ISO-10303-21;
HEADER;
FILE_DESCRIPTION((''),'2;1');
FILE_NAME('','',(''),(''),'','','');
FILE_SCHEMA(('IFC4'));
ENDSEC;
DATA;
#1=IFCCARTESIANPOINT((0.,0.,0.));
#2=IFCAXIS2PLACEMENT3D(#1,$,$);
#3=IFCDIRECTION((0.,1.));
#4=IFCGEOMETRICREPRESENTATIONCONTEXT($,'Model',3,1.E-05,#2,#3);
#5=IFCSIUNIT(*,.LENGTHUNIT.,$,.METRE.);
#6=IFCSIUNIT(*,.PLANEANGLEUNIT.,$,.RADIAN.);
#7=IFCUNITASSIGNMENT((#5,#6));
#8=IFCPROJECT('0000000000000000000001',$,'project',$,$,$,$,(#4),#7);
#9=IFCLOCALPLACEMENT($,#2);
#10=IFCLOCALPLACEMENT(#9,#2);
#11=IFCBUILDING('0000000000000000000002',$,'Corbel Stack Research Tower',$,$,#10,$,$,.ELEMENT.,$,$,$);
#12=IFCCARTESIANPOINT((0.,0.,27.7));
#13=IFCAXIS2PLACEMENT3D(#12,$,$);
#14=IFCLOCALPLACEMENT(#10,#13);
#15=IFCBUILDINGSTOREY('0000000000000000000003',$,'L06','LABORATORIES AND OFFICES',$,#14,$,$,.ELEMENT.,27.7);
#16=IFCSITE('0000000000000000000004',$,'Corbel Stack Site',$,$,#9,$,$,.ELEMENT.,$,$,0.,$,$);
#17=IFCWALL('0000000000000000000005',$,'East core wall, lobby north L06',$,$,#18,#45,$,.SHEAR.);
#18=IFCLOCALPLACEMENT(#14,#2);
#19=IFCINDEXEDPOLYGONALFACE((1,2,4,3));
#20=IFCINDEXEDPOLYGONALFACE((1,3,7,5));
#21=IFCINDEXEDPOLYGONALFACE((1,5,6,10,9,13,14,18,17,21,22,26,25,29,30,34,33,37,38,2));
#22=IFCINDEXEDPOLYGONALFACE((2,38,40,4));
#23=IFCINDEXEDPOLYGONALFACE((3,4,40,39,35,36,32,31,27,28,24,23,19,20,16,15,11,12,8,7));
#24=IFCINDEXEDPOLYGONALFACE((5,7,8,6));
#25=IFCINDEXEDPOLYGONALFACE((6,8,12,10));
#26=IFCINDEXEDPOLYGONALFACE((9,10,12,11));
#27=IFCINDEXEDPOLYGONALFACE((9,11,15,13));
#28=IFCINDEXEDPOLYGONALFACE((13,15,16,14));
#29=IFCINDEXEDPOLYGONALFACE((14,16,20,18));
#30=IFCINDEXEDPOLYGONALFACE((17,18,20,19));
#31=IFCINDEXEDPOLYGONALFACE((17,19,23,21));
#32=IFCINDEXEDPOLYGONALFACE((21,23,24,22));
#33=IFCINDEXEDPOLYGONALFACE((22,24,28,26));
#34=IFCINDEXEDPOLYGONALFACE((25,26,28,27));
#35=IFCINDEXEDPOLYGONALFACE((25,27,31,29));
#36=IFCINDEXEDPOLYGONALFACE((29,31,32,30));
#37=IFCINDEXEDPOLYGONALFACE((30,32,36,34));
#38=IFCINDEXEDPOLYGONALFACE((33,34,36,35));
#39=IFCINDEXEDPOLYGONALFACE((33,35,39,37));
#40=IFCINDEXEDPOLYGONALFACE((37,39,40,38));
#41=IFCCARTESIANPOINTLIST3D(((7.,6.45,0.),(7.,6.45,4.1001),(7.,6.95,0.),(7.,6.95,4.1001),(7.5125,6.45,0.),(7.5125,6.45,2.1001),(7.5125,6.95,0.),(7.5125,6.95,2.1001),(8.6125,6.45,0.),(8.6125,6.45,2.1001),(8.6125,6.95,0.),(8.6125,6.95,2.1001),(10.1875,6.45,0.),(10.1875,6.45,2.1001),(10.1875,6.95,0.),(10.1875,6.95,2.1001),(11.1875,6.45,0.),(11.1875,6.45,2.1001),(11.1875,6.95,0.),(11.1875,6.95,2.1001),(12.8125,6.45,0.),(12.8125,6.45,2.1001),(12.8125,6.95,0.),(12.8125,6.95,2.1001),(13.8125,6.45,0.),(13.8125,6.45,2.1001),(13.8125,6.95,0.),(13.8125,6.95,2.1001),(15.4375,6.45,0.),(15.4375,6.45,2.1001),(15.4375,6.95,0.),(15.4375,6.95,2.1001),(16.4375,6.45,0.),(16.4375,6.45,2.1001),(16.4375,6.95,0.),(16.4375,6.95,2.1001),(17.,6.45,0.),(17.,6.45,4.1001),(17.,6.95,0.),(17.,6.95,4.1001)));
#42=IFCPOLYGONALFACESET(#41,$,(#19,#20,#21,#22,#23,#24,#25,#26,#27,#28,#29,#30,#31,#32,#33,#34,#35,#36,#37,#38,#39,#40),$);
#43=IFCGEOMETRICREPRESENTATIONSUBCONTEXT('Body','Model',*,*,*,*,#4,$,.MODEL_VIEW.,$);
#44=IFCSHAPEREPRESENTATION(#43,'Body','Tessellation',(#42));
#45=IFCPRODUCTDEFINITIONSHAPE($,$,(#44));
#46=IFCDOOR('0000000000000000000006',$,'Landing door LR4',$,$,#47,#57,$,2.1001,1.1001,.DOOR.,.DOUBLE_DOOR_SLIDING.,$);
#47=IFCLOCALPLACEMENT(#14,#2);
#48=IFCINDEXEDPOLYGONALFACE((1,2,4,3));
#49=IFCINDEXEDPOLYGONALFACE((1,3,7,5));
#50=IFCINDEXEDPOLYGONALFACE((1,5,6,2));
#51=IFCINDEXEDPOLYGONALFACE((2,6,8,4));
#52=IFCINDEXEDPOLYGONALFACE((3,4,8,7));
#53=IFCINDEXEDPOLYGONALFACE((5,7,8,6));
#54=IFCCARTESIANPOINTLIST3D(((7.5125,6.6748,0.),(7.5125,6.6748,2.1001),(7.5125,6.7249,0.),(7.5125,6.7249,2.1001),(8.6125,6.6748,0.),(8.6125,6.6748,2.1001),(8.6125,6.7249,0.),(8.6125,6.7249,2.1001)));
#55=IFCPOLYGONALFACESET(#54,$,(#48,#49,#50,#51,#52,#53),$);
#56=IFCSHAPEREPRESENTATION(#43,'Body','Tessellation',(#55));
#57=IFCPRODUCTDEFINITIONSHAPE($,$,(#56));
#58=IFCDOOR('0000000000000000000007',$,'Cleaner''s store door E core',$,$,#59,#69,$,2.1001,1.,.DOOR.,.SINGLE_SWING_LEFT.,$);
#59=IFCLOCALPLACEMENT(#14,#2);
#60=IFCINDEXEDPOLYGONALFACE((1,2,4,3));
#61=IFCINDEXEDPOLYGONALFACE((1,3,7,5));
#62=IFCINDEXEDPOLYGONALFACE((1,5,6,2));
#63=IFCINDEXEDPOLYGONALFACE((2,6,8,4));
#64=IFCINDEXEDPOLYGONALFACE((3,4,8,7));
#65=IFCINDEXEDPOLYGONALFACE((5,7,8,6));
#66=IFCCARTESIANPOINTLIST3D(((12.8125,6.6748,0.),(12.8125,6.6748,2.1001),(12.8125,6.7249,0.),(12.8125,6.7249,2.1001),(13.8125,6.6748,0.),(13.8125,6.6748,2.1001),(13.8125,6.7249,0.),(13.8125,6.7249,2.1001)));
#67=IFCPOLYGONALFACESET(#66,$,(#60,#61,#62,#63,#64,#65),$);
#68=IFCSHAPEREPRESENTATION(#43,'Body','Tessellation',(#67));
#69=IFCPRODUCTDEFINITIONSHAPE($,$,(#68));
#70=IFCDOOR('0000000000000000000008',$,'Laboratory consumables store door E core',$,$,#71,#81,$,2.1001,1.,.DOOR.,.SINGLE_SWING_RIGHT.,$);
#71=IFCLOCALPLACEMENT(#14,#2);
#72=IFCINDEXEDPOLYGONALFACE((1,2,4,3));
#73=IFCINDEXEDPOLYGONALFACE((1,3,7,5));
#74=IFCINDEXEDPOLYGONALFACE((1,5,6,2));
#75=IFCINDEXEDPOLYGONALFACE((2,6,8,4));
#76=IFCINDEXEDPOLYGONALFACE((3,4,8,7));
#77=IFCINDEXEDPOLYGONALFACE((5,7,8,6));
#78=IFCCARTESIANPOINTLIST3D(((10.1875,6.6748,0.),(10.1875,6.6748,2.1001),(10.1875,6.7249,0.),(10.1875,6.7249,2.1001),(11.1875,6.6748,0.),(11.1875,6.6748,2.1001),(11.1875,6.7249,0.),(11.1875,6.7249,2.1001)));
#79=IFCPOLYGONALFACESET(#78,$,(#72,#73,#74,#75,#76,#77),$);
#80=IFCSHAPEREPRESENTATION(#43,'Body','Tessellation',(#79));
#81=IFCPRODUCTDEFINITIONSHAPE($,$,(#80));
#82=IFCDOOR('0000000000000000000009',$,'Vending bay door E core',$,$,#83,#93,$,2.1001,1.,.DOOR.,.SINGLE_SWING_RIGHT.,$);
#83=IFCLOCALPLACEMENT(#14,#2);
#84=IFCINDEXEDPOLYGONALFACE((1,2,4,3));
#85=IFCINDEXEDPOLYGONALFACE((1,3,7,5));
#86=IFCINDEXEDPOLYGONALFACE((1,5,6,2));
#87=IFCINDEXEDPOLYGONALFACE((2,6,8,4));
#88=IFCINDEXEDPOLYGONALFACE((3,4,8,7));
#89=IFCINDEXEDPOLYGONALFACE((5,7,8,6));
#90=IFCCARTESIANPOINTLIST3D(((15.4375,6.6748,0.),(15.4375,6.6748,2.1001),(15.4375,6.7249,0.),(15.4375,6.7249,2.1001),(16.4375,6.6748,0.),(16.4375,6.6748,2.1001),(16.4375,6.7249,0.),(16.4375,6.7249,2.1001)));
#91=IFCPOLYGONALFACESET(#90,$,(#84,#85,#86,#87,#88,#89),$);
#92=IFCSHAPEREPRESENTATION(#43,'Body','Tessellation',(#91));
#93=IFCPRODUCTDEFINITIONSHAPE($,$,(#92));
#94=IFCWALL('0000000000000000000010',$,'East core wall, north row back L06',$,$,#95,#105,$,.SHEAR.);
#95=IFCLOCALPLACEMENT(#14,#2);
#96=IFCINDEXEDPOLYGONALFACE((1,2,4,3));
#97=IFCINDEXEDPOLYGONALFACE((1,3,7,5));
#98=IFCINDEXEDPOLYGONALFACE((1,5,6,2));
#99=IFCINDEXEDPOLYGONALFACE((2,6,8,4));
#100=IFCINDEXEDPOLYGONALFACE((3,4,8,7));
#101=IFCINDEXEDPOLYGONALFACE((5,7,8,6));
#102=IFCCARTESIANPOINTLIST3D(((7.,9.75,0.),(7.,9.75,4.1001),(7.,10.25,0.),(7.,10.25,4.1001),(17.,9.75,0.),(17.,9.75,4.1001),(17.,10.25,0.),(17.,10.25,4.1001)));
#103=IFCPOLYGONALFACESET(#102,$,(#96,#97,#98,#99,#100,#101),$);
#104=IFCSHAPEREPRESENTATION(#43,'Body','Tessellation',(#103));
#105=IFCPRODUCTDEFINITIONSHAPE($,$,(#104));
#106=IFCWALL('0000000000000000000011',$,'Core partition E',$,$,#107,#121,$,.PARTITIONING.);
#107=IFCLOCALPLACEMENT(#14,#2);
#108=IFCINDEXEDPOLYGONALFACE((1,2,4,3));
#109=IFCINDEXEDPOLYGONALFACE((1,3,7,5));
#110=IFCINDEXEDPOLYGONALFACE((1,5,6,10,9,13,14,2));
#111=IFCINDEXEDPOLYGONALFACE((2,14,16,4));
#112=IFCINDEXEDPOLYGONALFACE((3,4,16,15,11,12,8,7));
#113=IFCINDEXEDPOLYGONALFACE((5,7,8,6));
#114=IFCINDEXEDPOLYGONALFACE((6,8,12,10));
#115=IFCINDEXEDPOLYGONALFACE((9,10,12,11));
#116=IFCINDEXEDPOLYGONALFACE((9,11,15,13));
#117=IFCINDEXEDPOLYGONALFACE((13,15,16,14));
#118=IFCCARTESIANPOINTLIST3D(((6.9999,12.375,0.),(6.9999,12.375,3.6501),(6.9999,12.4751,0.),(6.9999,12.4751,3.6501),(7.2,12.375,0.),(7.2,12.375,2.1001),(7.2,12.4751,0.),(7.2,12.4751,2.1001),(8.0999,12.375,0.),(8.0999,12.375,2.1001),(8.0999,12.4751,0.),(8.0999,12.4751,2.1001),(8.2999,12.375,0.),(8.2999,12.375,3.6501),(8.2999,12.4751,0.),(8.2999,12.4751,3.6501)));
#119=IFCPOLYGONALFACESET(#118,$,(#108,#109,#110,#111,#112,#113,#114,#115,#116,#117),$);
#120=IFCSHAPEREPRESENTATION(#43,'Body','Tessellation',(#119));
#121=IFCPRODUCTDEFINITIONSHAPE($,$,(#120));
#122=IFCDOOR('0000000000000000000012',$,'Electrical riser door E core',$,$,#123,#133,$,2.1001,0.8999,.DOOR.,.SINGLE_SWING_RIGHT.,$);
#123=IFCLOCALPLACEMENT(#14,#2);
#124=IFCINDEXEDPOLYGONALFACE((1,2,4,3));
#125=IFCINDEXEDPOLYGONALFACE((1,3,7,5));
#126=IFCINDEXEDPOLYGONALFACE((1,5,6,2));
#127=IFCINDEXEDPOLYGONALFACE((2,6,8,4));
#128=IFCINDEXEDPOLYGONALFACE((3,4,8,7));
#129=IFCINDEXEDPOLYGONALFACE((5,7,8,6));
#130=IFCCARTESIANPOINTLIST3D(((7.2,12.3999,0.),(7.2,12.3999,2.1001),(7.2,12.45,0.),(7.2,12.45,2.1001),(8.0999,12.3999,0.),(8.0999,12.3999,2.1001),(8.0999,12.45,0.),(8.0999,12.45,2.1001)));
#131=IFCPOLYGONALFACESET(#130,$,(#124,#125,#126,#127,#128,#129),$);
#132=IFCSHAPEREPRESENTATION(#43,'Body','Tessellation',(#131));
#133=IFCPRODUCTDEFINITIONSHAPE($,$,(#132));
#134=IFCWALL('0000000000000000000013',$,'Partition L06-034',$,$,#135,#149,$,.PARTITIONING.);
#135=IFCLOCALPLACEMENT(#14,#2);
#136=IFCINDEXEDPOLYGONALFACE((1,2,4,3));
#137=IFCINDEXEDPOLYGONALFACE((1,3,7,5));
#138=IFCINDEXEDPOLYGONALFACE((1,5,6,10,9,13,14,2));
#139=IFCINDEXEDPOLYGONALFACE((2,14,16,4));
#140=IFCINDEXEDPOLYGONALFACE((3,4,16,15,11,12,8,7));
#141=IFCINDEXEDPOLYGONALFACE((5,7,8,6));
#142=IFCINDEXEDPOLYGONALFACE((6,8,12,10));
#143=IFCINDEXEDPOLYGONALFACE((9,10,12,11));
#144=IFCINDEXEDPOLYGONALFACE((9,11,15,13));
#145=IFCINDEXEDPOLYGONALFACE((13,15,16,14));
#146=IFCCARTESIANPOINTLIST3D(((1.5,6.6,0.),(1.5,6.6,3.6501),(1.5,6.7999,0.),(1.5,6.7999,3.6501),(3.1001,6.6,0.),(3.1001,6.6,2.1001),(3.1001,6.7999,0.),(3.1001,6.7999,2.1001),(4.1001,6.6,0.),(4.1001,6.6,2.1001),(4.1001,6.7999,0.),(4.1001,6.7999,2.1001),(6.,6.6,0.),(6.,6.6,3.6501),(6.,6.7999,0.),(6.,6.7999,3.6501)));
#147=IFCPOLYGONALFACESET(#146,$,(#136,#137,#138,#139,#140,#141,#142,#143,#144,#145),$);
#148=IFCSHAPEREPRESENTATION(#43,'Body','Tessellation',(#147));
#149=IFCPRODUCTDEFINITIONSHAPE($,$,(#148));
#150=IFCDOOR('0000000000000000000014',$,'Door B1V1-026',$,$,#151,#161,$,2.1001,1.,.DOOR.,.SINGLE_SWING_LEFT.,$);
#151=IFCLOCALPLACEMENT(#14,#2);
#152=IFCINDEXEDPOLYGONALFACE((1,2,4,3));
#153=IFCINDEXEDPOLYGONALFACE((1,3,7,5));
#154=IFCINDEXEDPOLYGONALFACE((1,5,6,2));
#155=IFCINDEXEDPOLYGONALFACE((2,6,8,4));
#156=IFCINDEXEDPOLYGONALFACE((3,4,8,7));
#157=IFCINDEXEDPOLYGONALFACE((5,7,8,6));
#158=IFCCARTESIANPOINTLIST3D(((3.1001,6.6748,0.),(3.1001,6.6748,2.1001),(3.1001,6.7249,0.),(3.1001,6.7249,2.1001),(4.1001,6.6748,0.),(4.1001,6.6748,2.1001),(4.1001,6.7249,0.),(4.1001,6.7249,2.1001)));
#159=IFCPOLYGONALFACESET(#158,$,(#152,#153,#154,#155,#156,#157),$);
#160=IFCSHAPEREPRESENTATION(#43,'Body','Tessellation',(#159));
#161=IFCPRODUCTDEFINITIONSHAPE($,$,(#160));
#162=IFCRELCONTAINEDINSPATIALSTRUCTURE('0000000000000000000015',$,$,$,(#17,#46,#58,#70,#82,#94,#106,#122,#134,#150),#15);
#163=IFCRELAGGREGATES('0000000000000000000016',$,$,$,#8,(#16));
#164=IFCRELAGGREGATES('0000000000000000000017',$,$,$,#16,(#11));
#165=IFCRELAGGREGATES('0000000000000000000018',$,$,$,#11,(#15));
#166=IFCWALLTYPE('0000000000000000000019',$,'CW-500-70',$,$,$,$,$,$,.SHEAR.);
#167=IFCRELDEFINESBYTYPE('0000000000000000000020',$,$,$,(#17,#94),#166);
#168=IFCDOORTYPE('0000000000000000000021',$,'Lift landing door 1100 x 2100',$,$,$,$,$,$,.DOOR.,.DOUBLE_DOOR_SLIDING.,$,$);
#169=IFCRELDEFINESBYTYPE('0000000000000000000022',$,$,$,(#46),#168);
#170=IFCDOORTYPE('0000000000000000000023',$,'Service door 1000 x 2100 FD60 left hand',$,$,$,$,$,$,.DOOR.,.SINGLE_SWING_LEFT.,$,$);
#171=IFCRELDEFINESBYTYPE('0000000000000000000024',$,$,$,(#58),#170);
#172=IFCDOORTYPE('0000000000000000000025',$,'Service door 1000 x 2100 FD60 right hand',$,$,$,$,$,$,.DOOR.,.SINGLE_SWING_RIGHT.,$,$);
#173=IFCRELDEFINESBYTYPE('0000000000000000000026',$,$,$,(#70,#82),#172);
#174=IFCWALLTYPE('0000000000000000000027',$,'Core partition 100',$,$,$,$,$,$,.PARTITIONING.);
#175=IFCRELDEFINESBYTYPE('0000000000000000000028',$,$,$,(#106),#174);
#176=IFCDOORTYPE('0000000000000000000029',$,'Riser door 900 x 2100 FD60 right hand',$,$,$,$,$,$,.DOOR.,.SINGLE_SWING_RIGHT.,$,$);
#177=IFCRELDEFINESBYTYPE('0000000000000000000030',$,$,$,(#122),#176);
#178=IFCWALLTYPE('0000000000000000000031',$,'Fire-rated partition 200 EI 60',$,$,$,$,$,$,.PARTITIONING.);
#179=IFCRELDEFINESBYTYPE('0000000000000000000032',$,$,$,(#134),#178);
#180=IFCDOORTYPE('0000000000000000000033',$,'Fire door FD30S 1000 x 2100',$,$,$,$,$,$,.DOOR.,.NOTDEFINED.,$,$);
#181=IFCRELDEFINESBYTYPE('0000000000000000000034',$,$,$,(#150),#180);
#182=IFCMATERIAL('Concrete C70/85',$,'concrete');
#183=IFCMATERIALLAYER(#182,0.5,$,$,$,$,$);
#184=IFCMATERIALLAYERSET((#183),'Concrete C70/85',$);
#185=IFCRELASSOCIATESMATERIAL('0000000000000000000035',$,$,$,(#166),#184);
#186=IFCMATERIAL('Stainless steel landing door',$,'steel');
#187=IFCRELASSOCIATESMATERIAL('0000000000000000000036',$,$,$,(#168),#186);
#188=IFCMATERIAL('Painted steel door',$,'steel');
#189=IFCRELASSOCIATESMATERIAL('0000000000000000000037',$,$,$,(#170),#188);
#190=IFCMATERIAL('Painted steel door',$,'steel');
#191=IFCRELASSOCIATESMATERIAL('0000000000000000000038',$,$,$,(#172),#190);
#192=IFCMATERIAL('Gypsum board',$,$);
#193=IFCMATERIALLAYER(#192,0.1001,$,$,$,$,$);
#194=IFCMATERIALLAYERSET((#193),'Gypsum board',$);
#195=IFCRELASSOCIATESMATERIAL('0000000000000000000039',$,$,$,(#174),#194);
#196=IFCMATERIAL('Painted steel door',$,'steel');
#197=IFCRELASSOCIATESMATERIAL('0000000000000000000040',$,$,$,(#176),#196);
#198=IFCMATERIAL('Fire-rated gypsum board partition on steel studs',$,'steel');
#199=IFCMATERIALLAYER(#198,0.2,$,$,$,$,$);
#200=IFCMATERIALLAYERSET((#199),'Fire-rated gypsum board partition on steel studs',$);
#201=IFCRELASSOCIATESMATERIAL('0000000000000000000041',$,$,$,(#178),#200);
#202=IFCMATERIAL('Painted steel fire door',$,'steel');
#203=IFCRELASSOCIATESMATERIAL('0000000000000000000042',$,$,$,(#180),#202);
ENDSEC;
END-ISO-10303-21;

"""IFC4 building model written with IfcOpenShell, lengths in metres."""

from ifc_helpers import new_model, si_unit, direction, frame, frame_2d, origin, place, context, subcontext, project, spatial, rectangle, extrude, material, layer, layer_set, type_object, element, fill, save


model = new_model("IFC4")

# Units and contexts
model_context = context("Model", 3, precision=1e-05, world=origin(), true_north=direction((0.0, 1.0)))
body_context = subcontext(model_context, "Body", "Model", "MODEL_VIEW")
ifc_project = project(units=[si_unit("LENGTHUNIT", "METRE"), si_unit("PLANEANGLEUNIT", "RADIAN")], contexts=[model_context])

# Site, building, storey
site_placement = place(None, origin())
site = spatial("IfcSite", under=ifc_project, at=site_placement, Name="Corbel Stack Site", CompositionType="ELEMENT", RefElevation=0.0)
building_placement = place(site_placement, origin())
building = spatial("IfcBuilding", under=site, at=building_placement, Name="Corbel Stack Research Tower", CompositionType="ELEMENT")
storey_placement = place(building_placement, frame((0.0, 0.0, 27.7)))
storey = spatial("IfcBuildingStorey", under=building, at=storey_placement, Name="L06", Description="LABORATORIES AND OFFICES", CompositionType="ELEMENT", Elevation=27.7)

# Wall, openings, doors
ifc_material_1 = material(Name="Concrete C70/85", Category="concrete")
ifc_layer_1 = layer(ifc_material_1, 0.5)
ifc_layer_set_1 = layer_set([ifc_layer_1], Name="Concrete C70/85")
wall_type_1 = type_object("IfcWallType", Name="CW-500-70", PredefinedType="SHEAR", material=ifc_layer_set_1)
ifc_material_2 = material(Name="Stainless steel landing door", Category="steel")
door_type_1 = type_object("IfcDoorType", Name="Lift landing door 1100 x 2100", OperationType="DOUBLE_DOOR_SLIDING", PredefinedType="DOOR", material=ifc_material_2)
wall_1_placement = place(storey_placement, frame((7.0, 6.7, 0.0), z_axis=(0.0, 0.0, 1.0), x_axis=(1.0, 0.0, 0.0)))
wall_1 = element("IfcWall", 1, at=wall_1_placement, inside=storey, type_object=wall_type_1, Name="East core wall, lobby north L06", PredefinedType="SHEAR", context=body_context, shape_type="SweptSolid", body=[
    extrude(rectangle(XDim=10.0, YDim=0.5, at=frame_2d((5.0, 0.0))), origin(), (0.0, 0.0, 1.0), 4.1001),
])
opening_1_placement = place(wall_1_placement, frame((0.5125, 0.0, 0.0)))
opening_1 = element("IfcOpeningElement", 2, at=opening_1_placement, cuts=wall_1, PredefinedType="OPENING", context=body_context, shape_type="SweptSolid", body=[
    extrude(rectangle(XDim=1.1001, YDim=2.1001, at=frame_2d((0.55, 1.05))), frame((0.0, 0.26, 0.0), z_axis=(0.0, -1.0, 0.0), x_axis=(1.0, 0.0, 0.0)), (0.0, 0.0, 1.0), 0.52),
])
opening_2_placement = place(wall_1_placement, frame((3.1875, 0.0, 0.0)))
opening_2 = element("IfcOpeningElement", 3, at=opening_2_placement, cuts=wall_1, PredefinedType="OPENING", context=body_context, shape_type="SweptSolid", body=[
    extrude(rectangle(XDim=1.0, YDim=2.1001, at=frame_2d((0.5, 1.05))), frame((0.0, 0.26, 0.0), z_axis=(0.0, -1.0, 0.0), x_axis=(1.0, 0.0, 0.0)), (0.0, 0.0, 1.0), 0.52),
])
opening_3_placement = place(wall_1_placement, frame((5.8125, 0.0, 0.0)))
opening_3 = element("IfcOpeningElement", 4, at=opening_3_placement, cuts=wall_1, PredefinedType="OPENING", context=body_context, shape_type="SweptSolid", body=[
    extrude(rectangle(XDim=1.0, YDim=2.1001, at=frame_2d((0.5, 1.05))), frame((0.0, 0.26, 0.0), z_axis=(0.0, -1.0, 0.0), x_axis=(1.0, 0.0, 0.0)), (0.0, 0.0, 1.0), 0.52),
])
opening_4_placement = place(wall_1_placement, frame((8.4375, 0.0, 0.0)))
opening_4 = element("IfcOpeningElement", 5, at=opening_4_placement, cuts=wall_1, PredefinedType="OPENING", context=body_context, shape_type="SweptSolid", body=[
    extrude(rectangle(XDim=1.0, YDim=2.1001, at=frame_2d((0.5, 1.05))), frame((0.0, 0.26, 0.0), z_axis=(0.0, -1.0, 0.0), x_axis=(1.0, 0.0, 0.0)), (0.0, 0.0, 1.0), 0.52),
])
door_1_placement = place(opening_1_placement, origin())
door_1 = element("IfcDoor", 6, at=door_1_placement, inside=storey, type_object=door_type_1, Name="Landing door LR4", OperationType="DOUBLE_DOOR_SLIDING", OverallHeight=2.1001, OverallWidth=1.1001, PredefinedType="DOOR", context=body_context, shape_type="SweptSolid", body=[
    extrude(rectangle(XDim=1.1001, YDim=2.1001, at=frame_2d((0.55, 1.05))), frame((0.0, 0.0249, 0.0), z_axis=(0.0, -1.0, 0.0), x_axis=(1.0, 0.0, 0.0)), (0.0, 0.0, 1.0), 0.05),
])
fill(opening_1, door_1)
ifc_material_3 = material(Name="Painted steel door", Category="steel")
door_type_2 = type_object("IfcDoorType", Name="Service door 1000 x 2100 FD60 left hand", OperationType="SINGLE_SWING_LEFT", PredefinedType="DOOR", material=ifc_material_3)
door_2_placement = place(opening_3_placement, origin())
door_2 = element("IfcDoor", 7, at=door_2_placement, inside=storey, type_object=door_type_2, Name="Cleaner's store door E core", OperationType="SINGLE_SWING_LEFT", OverallHeight=2.1001, OverallWidth=1.0, PredefinedType="DOOR", context=body_context, shape_type="SweptSolid", body=[
    extrude(rectangle(XDim=1.0, YDim=2.1001, at=frame_2d((0.5, 1.05))), frame((0.0, 0.0249, 0.0), z_axis=(0.0, -1.0, 0.0), x_axis=(1.0, 0.0, 0.0)), (0.0, 0.0, 1.0), 0.05),
])
fill(opening_3, door_2)
ifc_material_4 = material(Name="Painted steel door", Category="steel")
door_type_3 = type_object("IfcDoorType", Name="Service door 1000 x 2100 FD60 right hand", OperationType="SINGLE_SWING_RIGHT", PredefinedType="DOOR", material=ifc_material_4)
door_3_placement = place(opening_2_placement, origin())
door_3 = element("IfcDoor", 8, at=door_3_placement, inside=storey, type_object=door_type_3, Name="Laboratory consumables store door E core", OperationType="SINGLE_SWING_RIGHT", OverallHeight=2.1001, OverallWidth=1.0, PredefinedType="DOOR", context=body_context, shape_type="SweptSolid", body=[
    extrude(rectangle(XDim=1.0, YDim=2.1001, at=frame_2d((0.5, 1.05))), frame((0.0, 0.0249, 0.0), z_axis=(0.0, -1.0, 0.0), x_axis=(1.0, 0.0, 0.0)), (0.0, 0.0, 1.0), 0.05),
])
fill(opening_2, door_3)
door_4_placement = place(opening_4_placement, origin())
door_4 = element("IfcDoor", 9, at=door_4_placement, inside=storey, type_object=door_type_3, Name="Vending bay door E core", OperationType="SINGLE_SWING_RIGHT", OverallHeight=2.1001, OverallWidth=1.0, PredefinedType="DOOR", context=body_context, shape_type="SweptSolid", body=[
    extrude(rectangle(XDim=1.0, YDim=2.1001, at=frame_2d((0.5, 1.05))), frame((0.0, 0.0249, 0.0), z_axis=(0.0, -1.0, 0.0), x_axis=(1.0, 0.0, 0.0)), (0.0, 0.0, 1.0), 0.05),
])
fill(opening_4, door_4)

# Wall
wall_2_placement = place(storey_placement, frame((7.0, 10.0, 0.0), z_axis=(0.0, 0.0, 1.0), x_axis=(1.0, 0.0, 0.0)))
element("IfcWall", 10, at=wall_2_placement, inside=storey, type_object=wall_type_1, Name="East core wall, north row back L06", PredefinedType="SHEAR", context=body_context, shape_type="SweptSolid", body=[
    extrude(rectangle(XDim=10.0, YDim=0.5, at=frame_2d((5.0, 0.0))), origin(), (0.0, 0.0, 1.0), 4.1001),
])

# Walls, openings, doors
ifc_material_5 = material(Name="Gypsum board")
ifc_layer_2 = layer(ifc_material_5, 0.1001)
ifc_layer_set_2 = layer_set([ifc_layer_2], Name="Gypsum board")
wall_type_2 = type_object("IfcWallType", Name="Core partition 100", PredefinedType="PARTITIONING", material=ifc_layer_set_2)
wall_3_placement = place(storey_placement, frame((7.0, 12.425, 0.0), z_axis=(0.0, 0.0, 1.0), x_axis=(1.0, 0.0, 0.0)))
wall_3 = element("IfcWall", 11, at=wall_3_placement, inside=storey, type_object=wall_type_2, Name="Core partition E", PredefinedType="PARTITIONING", context=body_context, shape_type="SweptSolid", body=[
    extrude(rectangle(XDim=1.3, YDim=0.1001, at=frame_2d((0.6499, 0.0))), origin(), (0.0, 0.0, 1.0), 3.6501),
])
opening_5_placement = place(wall_3_placement, frame((0.2, 0.0, 0.0)))
opening_5 = element("IfcOpeningElement", 12, at=opening_5_placement, cuts=wall_3, PredefinedType="OPENING", context=body_context, shape_type="SweptSolid", body=[
    extrude(rectangle(XDim=0.8999, YDim=2.1001, at=frame_2d((0.45, 1.05))), frame((0.0, 0.0601, 0.0), z_axis=(0.0, -1.0, 0.0), x_axis=(1.0, 0.0, 0.0)), (0.0, 0.0, 1.0), 0.1201),
])
ifc_material_6 = material(Name="Painted steel door", Category="steel")
door_type_4 = type_object("IfcDoorType", Name="Riser door 900 x 2100 FD60 right hand", OperationType="SINGLE_SWING_RIGHT", PredefinedType="DOOR", material=ifc_material_6)
door_5_placement = place(opening_5_placement, origin())
door_5 = element("IfcDoor", 13, at=door_5_placement, inside=storey, type_object=door_type_4, Name="Electrical riser door E core", OperationType="SINGLE_SWING_RIGHT", OverallHeight=2.1001, OverallWidth=0.8999, PredefinedType="DOOR", context=body_context, shape_type="SweptSolid", body=[
    extrude(rectangle(XDim=0.8999, YDim=2.1001, at=frame_2d((0.45, 1.05))), frame((0.0, 0.0249, 0.0), z_axis=(0.0, -1.0, 0.0), x_axis=(1.0, 0.0, 0.0)), (0.0, 0.0, 1.0), 0.05),
])
fill(opening_5, door_5)
ifc_material_7 = material(Name="Fire-rated gypsum board partition on steel studs", Category="steel")
ifc_layer_3 = layer(ifc_material_7, 0.2)
ifc_layer_set_3 = layer_set([ifc_layer_3], Name="Fire-rated gypsum board partition on steel studs")
wall_type_3 = type_object("IfcWallType", Name="Fire-rated partition 200 EI 60", PredefinedType="PARTITIONING", material=ifc_layer_set_3)
wall_4_placement = place(storey_placement, frame((1.5, 6.7, 0.0), z_axis=(0.0, 0.0, 1.0), x_axis=(1.0, 0.0, 0.0)))
wall_4 = element("IfcWall", 14, at=wall_4_placement, inside=storey, type_object=wall_type_3, Name="Partition L06-034", PredefinedType="PARTITIONING", context=body_context, shape_type="SweptSolid", body=[
    extrude(rectangle(XDim=4.5, YDim=0.2, at=frame_2d((2.25, 0.0))), origin(), (0.0, 0.0, 1.0), 3.6501),
])
opening_6_placement = place(wall_4_placement, frame((1.6001, 0.0, 0.0)))
opening_6 = element("IfcOpeningElement", 15, at=opening_6_placement, cuts=wall_4, PredefinedType="OPENING", context=body_context, shape_type="SweptSolid", body=[
    extrude(rectangle(XDim=1.0, YDim=2.1001, at=frame_2d((0.5, 1.05))), frame((0.0, 0.1099, 0.0), z_axis=(0.0, -1.0, 0.0), x_axis=(1.0, 0.0, 0.0)), (0.0, 0.0, 1.0), 0.22),
])
ifc_material_8 = material(Name="Painted steel fire door", Category="steel")
door_type_5 = type_object("IfcDoorType", Name="Fire door FD30S 1000 x 2100", OperationType="NOTDEFINED", PredefinedType="DOOR", material=ifc_material_8)
door_6_placement = place(opening_6_placement, origin())
door_6 = element("IfcDoor", 16, at=door_6_placement, inside=storey, type_object=door_type_5, Name="Door B1V1-026", OperationType="SINGLE_SWING_LEFT", OverallHeight=2.1001, OverallWidth=1.0, PredefinedType="DOOR", context=body_context, shape_type="SweptSolid", body=[
    extrude(rectangle(XDim=1.0, YDim=2.1001, at=frame_2d((0.5, 1.05))), frame((0.0, 0.0249, 0.0), z_axis=(0.0, -1.0, 0.0), x_axis=(1.0, 0.0, 0.0)), (0.0, 0.0, 1.0), 0.05),
])
fill(opening_6, door_6)

save(model, "model.ifc")
